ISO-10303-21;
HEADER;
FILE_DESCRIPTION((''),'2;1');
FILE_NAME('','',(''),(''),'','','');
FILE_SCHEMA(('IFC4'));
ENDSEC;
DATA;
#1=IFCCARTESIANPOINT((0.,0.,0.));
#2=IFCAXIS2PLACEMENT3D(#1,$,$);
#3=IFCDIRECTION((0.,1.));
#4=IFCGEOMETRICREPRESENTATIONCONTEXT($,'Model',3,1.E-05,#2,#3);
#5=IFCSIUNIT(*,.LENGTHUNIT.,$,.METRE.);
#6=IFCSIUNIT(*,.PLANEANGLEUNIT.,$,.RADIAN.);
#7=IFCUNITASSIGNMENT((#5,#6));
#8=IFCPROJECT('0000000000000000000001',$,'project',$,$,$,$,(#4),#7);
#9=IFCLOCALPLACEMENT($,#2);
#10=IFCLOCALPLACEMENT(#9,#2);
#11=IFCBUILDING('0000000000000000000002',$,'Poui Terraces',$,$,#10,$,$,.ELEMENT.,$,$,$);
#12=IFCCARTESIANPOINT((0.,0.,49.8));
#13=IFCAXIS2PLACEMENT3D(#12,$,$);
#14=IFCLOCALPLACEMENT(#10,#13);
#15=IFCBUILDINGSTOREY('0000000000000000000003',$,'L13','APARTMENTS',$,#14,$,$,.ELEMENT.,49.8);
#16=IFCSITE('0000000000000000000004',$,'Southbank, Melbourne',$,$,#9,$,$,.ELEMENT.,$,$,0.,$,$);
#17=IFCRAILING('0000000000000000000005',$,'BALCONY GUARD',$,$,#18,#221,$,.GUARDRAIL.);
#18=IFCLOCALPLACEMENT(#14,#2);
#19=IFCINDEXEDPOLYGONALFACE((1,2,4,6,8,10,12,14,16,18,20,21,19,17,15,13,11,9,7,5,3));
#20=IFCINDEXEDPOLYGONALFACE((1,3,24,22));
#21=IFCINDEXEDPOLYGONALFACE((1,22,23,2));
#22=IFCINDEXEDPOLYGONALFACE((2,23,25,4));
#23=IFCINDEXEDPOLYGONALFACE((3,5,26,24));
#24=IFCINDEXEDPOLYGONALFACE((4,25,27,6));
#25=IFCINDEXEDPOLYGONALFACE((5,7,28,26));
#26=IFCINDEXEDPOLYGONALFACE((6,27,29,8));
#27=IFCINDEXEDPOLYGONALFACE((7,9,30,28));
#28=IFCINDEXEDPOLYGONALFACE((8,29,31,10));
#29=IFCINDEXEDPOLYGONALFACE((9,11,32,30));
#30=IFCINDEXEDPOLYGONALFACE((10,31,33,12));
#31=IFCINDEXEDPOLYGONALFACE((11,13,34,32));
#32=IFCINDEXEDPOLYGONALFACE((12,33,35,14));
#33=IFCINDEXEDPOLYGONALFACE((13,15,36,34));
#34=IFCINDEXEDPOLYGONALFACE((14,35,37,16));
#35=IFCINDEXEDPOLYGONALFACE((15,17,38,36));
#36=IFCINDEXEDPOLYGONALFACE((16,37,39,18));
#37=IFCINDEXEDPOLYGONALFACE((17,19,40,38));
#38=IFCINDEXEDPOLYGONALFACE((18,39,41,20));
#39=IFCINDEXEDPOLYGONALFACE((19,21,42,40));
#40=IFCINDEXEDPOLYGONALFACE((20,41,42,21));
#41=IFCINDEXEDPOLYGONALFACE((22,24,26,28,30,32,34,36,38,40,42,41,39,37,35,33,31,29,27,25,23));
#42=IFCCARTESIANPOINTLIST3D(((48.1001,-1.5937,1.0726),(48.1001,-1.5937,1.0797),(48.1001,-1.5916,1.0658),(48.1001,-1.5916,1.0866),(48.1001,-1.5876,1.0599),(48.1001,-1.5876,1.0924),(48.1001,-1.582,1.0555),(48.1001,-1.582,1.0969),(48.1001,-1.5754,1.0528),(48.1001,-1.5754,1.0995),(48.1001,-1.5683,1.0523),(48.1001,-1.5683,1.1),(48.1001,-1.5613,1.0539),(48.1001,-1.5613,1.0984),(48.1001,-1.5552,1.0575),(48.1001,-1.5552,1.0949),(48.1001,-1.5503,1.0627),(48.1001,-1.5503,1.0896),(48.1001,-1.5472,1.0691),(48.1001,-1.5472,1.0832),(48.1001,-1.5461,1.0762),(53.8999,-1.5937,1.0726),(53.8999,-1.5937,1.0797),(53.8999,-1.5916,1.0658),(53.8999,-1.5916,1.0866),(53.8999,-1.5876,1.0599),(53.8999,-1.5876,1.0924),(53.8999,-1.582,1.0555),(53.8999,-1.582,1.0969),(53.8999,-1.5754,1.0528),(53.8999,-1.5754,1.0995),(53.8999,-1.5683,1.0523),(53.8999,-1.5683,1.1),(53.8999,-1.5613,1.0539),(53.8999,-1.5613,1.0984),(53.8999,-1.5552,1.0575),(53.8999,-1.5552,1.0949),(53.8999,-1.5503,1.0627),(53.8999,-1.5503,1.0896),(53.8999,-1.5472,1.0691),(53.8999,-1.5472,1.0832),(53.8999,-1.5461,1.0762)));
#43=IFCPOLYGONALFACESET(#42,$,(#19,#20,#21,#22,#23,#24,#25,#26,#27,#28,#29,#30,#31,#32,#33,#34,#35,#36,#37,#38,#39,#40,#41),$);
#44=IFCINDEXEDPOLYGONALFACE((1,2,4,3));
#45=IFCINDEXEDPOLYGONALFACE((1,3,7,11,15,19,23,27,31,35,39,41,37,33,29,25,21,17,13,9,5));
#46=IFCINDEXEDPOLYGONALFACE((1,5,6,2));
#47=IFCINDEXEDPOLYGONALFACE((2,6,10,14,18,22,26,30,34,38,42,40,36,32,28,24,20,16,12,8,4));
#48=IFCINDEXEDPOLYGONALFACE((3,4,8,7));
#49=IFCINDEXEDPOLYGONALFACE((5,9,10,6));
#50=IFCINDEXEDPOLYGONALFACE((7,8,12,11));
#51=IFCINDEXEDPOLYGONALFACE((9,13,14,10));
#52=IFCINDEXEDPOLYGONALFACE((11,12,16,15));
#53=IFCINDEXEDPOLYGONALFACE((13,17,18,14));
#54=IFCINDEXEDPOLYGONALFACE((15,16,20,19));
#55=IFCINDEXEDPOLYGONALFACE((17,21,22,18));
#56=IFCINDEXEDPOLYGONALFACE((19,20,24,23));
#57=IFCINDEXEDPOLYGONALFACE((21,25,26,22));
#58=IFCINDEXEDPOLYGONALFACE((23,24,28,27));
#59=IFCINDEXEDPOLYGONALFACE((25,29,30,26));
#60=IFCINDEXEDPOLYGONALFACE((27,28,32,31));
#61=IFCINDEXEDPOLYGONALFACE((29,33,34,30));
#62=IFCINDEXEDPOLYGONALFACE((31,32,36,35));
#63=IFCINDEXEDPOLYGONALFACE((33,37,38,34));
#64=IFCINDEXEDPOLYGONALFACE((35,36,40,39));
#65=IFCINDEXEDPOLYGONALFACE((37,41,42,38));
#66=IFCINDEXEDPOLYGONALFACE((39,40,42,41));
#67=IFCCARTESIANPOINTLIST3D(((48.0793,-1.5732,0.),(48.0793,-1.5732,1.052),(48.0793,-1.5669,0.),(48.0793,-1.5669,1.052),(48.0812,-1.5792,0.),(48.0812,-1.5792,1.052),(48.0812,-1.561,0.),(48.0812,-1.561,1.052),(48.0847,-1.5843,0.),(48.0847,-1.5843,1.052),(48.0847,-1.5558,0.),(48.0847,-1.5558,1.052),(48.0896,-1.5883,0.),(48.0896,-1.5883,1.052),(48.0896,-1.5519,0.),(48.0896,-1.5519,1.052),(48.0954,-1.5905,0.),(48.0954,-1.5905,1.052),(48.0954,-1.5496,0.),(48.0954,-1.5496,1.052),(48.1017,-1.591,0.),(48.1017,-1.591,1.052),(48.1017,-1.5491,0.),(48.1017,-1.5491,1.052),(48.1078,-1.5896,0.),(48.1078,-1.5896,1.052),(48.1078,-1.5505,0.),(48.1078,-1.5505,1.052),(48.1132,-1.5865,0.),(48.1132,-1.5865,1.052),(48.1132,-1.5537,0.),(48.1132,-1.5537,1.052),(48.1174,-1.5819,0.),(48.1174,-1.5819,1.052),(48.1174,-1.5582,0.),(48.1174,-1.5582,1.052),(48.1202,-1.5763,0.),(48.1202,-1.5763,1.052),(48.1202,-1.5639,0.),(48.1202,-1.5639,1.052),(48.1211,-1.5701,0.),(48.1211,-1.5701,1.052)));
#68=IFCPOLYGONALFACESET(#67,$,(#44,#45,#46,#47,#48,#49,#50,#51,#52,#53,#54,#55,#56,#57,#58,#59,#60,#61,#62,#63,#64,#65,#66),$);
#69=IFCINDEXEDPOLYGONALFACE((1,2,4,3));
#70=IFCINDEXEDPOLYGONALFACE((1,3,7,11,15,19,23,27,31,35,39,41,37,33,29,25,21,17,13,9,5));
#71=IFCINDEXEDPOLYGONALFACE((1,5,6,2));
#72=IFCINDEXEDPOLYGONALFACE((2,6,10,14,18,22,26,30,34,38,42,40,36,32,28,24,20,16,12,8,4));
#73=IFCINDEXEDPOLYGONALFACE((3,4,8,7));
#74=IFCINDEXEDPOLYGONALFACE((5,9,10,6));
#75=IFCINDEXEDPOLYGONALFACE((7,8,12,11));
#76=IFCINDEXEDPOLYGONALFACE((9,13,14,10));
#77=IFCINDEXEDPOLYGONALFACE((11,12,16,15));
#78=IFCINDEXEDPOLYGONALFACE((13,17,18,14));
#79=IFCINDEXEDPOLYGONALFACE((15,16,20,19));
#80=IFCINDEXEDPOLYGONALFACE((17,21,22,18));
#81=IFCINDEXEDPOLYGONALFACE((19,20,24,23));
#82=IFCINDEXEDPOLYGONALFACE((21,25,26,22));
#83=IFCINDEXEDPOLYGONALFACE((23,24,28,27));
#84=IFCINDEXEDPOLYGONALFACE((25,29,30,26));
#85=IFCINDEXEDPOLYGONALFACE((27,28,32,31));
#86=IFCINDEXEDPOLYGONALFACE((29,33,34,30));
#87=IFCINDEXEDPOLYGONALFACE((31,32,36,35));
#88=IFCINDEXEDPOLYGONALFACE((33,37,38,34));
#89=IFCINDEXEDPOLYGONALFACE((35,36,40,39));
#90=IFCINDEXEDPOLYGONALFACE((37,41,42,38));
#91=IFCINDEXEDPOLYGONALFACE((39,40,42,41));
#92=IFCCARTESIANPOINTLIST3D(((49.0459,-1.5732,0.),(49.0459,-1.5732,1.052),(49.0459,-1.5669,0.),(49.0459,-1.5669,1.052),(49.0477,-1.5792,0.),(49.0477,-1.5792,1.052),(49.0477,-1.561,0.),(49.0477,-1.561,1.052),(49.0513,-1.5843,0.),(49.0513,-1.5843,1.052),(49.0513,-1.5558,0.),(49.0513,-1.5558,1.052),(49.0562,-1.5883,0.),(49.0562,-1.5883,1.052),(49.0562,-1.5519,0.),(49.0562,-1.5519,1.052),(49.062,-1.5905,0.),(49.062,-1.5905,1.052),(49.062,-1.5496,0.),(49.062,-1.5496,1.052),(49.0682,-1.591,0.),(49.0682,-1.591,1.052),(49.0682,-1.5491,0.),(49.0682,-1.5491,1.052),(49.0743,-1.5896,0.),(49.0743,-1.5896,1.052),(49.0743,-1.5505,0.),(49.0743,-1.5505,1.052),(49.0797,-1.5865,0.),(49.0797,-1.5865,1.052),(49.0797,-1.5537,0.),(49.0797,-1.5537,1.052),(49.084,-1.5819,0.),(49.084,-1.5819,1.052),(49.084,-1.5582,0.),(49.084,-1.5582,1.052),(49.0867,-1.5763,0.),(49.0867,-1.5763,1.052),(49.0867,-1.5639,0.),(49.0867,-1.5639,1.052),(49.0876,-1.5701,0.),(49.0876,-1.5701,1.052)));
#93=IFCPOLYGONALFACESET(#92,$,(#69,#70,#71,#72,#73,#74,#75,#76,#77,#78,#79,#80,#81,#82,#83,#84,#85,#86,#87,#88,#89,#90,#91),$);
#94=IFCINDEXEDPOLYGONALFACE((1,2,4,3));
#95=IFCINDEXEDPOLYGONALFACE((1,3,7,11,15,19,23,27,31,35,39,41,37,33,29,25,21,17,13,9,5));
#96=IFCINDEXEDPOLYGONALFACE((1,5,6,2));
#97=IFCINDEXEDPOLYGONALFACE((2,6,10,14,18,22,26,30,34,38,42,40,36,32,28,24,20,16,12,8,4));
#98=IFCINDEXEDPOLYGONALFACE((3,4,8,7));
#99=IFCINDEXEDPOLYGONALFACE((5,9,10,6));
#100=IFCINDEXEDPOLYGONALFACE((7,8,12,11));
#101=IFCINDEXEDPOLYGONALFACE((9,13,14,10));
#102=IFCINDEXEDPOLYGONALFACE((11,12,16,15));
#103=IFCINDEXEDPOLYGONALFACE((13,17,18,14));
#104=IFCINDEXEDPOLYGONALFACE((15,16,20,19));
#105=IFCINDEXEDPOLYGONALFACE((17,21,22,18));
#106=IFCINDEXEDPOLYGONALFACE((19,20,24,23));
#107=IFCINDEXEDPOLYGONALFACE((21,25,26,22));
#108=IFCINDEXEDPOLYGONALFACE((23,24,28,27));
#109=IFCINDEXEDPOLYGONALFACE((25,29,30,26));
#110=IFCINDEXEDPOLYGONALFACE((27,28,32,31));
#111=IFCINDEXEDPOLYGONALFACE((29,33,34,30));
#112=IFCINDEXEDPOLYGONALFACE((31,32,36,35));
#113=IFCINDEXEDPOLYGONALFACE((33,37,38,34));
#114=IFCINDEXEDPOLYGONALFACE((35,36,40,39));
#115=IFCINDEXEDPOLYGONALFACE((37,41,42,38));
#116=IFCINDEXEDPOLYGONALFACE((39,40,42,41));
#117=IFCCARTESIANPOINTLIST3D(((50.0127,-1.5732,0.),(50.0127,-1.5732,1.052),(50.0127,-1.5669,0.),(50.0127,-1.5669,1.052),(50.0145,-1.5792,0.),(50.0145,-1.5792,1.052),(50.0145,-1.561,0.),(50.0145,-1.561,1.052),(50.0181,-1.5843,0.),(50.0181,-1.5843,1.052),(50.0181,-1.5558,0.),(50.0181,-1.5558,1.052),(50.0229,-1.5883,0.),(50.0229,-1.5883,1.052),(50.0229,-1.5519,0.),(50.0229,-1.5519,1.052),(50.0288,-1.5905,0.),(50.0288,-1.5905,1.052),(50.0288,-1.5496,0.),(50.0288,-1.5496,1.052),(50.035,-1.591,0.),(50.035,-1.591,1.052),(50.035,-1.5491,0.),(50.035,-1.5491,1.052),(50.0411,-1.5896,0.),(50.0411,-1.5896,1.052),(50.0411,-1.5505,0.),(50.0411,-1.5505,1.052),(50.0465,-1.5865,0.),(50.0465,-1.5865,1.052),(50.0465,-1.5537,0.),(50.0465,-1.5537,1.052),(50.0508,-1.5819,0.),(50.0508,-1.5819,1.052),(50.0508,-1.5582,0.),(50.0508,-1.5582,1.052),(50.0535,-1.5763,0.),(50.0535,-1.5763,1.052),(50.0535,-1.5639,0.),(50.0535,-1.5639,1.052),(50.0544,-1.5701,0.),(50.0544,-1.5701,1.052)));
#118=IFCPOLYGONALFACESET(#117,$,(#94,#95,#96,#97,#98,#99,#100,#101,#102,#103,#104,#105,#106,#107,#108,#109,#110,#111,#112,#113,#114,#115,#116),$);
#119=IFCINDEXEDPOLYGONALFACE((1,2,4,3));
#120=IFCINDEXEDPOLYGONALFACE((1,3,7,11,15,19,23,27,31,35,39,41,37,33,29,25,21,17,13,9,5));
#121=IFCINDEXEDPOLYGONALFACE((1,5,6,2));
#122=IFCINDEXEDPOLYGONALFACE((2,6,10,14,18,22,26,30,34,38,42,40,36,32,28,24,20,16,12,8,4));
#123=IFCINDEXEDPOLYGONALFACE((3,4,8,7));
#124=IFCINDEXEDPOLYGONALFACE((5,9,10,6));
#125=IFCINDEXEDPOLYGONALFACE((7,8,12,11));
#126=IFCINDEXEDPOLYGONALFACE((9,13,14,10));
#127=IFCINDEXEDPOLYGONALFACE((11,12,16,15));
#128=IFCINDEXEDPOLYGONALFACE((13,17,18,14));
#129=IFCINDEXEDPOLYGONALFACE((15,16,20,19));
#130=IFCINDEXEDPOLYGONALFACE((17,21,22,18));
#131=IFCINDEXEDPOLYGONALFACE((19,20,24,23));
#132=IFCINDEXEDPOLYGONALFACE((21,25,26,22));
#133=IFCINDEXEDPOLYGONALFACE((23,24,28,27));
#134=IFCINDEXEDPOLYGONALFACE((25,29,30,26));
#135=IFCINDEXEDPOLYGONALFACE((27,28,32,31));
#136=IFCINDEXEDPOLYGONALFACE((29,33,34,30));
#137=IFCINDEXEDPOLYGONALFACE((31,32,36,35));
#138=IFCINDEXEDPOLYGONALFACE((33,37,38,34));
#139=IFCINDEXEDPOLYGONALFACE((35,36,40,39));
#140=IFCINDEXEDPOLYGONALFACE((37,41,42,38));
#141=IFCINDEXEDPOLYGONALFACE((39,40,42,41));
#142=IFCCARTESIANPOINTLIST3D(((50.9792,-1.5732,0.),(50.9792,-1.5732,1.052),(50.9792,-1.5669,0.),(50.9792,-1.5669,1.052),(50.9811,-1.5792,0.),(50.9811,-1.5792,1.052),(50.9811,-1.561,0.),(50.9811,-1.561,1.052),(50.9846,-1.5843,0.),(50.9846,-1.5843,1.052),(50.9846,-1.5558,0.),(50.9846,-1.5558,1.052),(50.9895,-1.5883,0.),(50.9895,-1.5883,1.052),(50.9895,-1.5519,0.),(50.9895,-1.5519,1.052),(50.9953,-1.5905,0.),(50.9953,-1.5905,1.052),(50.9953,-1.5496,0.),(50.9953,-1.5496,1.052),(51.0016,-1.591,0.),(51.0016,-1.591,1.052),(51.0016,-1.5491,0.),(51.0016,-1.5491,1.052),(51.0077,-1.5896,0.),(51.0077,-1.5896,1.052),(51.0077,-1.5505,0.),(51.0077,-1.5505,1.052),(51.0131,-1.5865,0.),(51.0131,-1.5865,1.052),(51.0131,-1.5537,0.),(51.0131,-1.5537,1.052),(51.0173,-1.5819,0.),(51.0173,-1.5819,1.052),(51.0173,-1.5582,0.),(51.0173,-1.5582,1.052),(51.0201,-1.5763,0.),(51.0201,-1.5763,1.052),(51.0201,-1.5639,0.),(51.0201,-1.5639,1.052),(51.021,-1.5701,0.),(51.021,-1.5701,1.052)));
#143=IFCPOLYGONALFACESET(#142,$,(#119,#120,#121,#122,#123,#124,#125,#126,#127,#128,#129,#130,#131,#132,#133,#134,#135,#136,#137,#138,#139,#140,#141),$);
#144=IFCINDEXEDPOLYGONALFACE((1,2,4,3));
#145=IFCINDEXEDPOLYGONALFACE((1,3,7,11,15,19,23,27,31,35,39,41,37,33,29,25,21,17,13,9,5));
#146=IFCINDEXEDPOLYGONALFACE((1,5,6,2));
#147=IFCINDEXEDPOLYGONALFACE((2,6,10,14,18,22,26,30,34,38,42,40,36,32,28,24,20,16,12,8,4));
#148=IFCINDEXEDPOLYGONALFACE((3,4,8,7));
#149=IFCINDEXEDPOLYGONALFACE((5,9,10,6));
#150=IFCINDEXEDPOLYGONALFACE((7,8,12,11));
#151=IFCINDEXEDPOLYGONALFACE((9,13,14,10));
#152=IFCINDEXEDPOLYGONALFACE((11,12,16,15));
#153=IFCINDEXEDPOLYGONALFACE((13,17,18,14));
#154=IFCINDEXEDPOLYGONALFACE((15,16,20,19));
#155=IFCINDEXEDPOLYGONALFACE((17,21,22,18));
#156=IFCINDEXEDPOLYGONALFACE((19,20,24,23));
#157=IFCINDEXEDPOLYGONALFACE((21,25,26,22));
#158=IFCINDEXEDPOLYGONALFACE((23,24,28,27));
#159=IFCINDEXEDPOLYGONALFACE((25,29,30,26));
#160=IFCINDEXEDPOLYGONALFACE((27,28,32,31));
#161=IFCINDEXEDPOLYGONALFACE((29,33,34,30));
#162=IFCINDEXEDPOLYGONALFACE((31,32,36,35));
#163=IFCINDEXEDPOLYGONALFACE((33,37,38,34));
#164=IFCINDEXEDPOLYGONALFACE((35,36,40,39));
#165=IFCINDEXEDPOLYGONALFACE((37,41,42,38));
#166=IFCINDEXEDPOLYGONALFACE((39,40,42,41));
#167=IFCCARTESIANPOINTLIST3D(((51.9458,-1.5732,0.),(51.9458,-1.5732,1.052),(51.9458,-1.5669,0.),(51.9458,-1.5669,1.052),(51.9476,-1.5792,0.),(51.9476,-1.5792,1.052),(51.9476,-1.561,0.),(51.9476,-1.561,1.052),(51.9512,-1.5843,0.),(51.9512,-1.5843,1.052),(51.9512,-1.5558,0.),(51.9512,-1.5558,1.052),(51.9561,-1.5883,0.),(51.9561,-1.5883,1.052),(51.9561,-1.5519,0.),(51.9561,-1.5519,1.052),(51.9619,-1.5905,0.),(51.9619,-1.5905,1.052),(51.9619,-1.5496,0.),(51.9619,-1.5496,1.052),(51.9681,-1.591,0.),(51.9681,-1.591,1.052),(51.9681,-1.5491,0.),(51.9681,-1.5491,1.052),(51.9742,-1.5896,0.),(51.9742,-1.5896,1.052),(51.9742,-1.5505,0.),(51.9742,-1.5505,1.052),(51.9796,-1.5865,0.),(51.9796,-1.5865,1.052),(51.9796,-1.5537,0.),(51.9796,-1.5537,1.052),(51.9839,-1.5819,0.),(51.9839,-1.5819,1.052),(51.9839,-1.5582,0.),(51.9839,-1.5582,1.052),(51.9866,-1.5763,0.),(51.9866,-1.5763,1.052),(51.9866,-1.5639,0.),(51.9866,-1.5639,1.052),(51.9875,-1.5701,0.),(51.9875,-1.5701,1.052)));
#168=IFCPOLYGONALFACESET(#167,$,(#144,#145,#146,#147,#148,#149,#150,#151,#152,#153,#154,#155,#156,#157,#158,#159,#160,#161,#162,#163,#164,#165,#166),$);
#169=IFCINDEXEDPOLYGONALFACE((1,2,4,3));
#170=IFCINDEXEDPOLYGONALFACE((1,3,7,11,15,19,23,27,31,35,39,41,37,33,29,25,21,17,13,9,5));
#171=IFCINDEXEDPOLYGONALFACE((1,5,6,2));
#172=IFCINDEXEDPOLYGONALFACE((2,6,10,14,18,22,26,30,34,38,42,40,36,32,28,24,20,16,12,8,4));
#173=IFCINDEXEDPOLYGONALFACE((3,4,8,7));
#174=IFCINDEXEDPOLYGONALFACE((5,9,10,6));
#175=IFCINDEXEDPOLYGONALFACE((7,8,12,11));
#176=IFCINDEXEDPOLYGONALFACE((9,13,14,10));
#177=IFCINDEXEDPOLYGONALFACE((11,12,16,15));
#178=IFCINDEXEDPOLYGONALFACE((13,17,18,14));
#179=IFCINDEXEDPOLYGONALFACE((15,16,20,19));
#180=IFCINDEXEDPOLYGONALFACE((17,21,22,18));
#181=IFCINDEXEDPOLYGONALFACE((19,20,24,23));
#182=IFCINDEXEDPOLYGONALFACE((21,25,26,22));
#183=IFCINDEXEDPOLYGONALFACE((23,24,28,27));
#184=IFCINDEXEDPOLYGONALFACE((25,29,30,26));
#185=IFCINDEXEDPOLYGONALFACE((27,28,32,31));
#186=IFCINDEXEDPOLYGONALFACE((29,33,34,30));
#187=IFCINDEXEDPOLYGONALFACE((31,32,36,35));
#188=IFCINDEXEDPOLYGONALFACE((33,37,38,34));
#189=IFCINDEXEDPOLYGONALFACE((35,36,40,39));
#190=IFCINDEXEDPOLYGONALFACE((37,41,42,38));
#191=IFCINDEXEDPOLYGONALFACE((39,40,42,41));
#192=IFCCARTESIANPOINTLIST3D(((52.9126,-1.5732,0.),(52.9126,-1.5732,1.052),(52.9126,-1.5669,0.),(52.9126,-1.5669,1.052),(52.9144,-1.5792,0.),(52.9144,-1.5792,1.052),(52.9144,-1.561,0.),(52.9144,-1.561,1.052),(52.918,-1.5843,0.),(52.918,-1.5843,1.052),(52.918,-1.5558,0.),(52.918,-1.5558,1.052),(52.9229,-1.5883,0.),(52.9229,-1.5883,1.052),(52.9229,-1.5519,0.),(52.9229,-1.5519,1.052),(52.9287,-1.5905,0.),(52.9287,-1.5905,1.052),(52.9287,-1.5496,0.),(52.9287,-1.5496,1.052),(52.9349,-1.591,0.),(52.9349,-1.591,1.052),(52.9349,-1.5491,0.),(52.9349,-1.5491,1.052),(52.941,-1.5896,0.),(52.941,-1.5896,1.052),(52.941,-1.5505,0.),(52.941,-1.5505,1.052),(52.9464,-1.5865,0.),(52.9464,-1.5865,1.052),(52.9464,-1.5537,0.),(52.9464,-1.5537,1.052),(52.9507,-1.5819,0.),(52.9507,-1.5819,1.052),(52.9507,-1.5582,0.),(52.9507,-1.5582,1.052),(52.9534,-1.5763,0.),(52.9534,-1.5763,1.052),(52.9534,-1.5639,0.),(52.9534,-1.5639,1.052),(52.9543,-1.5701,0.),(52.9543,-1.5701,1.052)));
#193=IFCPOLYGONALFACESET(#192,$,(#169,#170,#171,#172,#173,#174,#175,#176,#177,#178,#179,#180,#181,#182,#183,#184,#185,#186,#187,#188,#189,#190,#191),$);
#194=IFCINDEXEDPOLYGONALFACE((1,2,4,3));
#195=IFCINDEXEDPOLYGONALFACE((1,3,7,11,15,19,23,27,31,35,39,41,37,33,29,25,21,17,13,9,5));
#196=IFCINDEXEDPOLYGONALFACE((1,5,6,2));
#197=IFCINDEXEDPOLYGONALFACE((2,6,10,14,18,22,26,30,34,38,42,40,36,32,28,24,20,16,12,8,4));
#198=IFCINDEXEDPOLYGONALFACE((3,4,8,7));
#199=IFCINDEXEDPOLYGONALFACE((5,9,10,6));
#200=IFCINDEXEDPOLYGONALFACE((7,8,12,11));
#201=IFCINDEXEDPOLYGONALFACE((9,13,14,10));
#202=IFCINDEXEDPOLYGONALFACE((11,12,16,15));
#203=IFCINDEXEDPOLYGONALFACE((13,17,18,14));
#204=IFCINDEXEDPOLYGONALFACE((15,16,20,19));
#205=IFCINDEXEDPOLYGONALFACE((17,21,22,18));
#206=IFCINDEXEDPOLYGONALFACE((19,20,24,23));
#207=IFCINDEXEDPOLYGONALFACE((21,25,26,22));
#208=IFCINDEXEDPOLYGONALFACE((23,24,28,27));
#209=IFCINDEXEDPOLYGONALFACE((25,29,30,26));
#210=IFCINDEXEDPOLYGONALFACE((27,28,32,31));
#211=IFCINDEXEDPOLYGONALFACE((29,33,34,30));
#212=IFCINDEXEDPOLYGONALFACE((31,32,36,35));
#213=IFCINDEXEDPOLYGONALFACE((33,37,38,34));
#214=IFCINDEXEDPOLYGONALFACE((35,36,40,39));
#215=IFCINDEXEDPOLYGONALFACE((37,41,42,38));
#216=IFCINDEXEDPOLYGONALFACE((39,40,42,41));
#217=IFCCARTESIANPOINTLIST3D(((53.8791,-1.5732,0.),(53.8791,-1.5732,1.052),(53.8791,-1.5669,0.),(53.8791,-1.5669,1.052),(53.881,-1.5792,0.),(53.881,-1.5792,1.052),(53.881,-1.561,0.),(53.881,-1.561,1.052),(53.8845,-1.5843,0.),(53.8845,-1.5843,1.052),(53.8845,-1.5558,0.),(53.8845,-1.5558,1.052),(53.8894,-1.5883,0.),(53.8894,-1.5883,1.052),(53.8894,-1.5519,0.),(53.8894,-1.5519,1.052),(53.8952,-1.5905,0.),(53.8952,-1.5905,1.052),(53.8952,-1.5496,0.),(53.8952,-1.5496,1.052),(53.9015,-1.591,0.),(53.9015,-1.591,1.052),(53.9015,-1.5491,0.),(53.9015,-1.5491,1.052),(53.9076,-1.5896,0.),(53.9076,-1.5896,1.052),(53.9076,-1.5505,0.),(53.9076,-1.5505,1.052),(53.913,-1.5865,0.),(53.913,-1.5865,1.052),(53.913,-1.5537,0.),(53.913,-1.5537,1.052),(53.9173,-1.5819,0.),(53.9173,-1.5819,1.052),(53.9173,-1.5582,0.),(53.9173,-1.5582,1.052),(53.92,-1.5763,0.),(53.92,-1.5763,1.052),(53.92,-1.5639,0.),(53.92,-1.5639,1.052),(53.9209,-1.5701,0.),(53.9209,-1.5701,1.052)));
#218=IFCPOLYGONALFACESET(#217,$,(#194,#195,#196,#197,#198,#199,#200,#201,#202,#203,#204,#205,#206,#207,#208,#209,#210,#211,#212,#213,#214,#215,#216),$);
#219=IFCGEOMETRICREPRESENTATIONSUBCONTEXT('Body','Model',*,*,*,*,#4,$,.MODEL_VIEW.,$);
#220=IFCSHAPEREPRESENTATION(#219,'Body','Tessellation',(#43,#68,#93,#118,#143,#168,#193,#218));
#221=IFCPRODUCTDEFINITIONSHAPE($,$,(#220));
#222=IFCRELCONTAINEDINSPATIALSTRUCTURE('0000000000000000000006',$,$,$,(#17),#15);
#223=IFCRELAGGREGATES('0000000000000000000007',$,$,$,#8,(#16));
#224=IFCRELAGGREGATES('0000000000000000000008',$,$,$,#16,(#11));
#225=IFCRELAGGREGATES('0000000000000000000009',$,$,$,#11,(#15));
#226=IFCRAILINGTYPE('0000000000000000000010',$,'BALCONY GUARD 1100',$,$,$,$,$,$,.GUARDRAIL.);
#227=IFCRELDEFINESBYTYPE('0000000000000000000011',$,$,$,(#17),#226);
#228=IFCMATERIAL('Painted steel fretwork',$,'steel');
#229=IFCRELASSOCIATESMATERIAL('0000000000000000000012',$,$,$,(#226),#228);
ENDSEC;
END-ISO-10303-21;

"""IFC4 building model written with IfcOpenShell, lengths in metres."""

from ifc_helpers import new_model, si_unit, direction, frame, origin, origin_2d, place, context, subcontext, project, spatial, circle, extrude, material, type_object, element, save


model = new_model("IFC4")

# Units and contexts
model_context = context("Model", 3, precision=1e-05, world=origin(), true_north=direction((0.0, 1.0)))
body_context = subcontext(model_context, "Body", "Model", "MODEL_VIEW")
ifc_project = project(units=[si_unit("LENGTHUNIT", "METRE"), si_unit("PLANEANGLEUNIT", "RADIAN")], contexts=[model_context])

# Site, building, storey
site_placement = place(None, origin())
site = spatial("IfcSite", under=ifc_project, at=site_placement, Name="Southbank, Melbourne", CompositionType="ELEMENT", RefElevation=0.0)
building_placement = place(site_placement, origin())
building = spatial("IfcBuilding", under=site, at=building_placement, Name="Poui Terraces", CompositionType="ELEMENT")
storey_placement = place(building_placement, frame((0.0, 0.0, 49.8)))
storey = spatial("IfcBuildingStorey", under=building, at=storey_placement, Name="L13", Description="APARTMENTS", CompositionType="ELEMENT", Elevation=49.8)

# Railing
ifc_material_1 = material(Name="Painted steel fretwork", Category="steel")
railing_type = type_object("IfcRailingType", Name="BALCONY GUARD 1100", PredefinedType="GUARDRAIL", material=ifc_material_1)
railing_placement = place(storey_placement, frame((48.1001, -1.5701, 0.0)))
element("IfcRailing", 1, at=railing_placement, inside=storey, type_object=railing_type, Name="BALCONY GUARD", PredefinedType="GUARDRAIL", context=body_context, shape_type="SweptSolid", body=[
    extrude(circle(Radius=0.0239, at=origin_2d()), frame((0.0, 0.0, 1.0762), z_axis=(1.0, 0.0, 0.0), x_axis=(0.0, 1.0, 0.0)), (0.0, 0.0, 1.0), 5.7998),
    extrude(circle(Radius=0.021, at=origin_2d()), origin(), (0.0, 0.0, 1.0), 1.052),
    extrude(circle(Radius=0.021, at=origin_2d()), frame((0.9666, 0.0, 0.0)), (0.0, 0.0, 1.0), 1.052),
    extrude(circle(Radius=0.021, at=origin_2d()), frame((1.9333, 0.0, 0.0)), (0.0, 0.0, 1.0), 1.052),
    extrude(circle(Radius=0.021, at=origin_2d()), frame((2.8999, 0.0, 0.0)), (0.0, 0.0, 1.0), 1.052),
    extrude(circle(Radius=0.021, at=origin_2d()), frame((3.8665, 0.0, 0.0)), (0.0, 0.0, 1.0), 1.052),
    extrude(circle(Radius=0.021, at=origin_2d()), frame((4.8333, 0.0, 0.0)), (0.0, 0.0, 1.0), 1.052),
    extrude(circle(Radius=0.021, at=origin_2d()), frame((5.7998, 0.0, 0.0)), (0.0, 0.0, 1.0), 1.052),
])

save(model, "model.ifc")
